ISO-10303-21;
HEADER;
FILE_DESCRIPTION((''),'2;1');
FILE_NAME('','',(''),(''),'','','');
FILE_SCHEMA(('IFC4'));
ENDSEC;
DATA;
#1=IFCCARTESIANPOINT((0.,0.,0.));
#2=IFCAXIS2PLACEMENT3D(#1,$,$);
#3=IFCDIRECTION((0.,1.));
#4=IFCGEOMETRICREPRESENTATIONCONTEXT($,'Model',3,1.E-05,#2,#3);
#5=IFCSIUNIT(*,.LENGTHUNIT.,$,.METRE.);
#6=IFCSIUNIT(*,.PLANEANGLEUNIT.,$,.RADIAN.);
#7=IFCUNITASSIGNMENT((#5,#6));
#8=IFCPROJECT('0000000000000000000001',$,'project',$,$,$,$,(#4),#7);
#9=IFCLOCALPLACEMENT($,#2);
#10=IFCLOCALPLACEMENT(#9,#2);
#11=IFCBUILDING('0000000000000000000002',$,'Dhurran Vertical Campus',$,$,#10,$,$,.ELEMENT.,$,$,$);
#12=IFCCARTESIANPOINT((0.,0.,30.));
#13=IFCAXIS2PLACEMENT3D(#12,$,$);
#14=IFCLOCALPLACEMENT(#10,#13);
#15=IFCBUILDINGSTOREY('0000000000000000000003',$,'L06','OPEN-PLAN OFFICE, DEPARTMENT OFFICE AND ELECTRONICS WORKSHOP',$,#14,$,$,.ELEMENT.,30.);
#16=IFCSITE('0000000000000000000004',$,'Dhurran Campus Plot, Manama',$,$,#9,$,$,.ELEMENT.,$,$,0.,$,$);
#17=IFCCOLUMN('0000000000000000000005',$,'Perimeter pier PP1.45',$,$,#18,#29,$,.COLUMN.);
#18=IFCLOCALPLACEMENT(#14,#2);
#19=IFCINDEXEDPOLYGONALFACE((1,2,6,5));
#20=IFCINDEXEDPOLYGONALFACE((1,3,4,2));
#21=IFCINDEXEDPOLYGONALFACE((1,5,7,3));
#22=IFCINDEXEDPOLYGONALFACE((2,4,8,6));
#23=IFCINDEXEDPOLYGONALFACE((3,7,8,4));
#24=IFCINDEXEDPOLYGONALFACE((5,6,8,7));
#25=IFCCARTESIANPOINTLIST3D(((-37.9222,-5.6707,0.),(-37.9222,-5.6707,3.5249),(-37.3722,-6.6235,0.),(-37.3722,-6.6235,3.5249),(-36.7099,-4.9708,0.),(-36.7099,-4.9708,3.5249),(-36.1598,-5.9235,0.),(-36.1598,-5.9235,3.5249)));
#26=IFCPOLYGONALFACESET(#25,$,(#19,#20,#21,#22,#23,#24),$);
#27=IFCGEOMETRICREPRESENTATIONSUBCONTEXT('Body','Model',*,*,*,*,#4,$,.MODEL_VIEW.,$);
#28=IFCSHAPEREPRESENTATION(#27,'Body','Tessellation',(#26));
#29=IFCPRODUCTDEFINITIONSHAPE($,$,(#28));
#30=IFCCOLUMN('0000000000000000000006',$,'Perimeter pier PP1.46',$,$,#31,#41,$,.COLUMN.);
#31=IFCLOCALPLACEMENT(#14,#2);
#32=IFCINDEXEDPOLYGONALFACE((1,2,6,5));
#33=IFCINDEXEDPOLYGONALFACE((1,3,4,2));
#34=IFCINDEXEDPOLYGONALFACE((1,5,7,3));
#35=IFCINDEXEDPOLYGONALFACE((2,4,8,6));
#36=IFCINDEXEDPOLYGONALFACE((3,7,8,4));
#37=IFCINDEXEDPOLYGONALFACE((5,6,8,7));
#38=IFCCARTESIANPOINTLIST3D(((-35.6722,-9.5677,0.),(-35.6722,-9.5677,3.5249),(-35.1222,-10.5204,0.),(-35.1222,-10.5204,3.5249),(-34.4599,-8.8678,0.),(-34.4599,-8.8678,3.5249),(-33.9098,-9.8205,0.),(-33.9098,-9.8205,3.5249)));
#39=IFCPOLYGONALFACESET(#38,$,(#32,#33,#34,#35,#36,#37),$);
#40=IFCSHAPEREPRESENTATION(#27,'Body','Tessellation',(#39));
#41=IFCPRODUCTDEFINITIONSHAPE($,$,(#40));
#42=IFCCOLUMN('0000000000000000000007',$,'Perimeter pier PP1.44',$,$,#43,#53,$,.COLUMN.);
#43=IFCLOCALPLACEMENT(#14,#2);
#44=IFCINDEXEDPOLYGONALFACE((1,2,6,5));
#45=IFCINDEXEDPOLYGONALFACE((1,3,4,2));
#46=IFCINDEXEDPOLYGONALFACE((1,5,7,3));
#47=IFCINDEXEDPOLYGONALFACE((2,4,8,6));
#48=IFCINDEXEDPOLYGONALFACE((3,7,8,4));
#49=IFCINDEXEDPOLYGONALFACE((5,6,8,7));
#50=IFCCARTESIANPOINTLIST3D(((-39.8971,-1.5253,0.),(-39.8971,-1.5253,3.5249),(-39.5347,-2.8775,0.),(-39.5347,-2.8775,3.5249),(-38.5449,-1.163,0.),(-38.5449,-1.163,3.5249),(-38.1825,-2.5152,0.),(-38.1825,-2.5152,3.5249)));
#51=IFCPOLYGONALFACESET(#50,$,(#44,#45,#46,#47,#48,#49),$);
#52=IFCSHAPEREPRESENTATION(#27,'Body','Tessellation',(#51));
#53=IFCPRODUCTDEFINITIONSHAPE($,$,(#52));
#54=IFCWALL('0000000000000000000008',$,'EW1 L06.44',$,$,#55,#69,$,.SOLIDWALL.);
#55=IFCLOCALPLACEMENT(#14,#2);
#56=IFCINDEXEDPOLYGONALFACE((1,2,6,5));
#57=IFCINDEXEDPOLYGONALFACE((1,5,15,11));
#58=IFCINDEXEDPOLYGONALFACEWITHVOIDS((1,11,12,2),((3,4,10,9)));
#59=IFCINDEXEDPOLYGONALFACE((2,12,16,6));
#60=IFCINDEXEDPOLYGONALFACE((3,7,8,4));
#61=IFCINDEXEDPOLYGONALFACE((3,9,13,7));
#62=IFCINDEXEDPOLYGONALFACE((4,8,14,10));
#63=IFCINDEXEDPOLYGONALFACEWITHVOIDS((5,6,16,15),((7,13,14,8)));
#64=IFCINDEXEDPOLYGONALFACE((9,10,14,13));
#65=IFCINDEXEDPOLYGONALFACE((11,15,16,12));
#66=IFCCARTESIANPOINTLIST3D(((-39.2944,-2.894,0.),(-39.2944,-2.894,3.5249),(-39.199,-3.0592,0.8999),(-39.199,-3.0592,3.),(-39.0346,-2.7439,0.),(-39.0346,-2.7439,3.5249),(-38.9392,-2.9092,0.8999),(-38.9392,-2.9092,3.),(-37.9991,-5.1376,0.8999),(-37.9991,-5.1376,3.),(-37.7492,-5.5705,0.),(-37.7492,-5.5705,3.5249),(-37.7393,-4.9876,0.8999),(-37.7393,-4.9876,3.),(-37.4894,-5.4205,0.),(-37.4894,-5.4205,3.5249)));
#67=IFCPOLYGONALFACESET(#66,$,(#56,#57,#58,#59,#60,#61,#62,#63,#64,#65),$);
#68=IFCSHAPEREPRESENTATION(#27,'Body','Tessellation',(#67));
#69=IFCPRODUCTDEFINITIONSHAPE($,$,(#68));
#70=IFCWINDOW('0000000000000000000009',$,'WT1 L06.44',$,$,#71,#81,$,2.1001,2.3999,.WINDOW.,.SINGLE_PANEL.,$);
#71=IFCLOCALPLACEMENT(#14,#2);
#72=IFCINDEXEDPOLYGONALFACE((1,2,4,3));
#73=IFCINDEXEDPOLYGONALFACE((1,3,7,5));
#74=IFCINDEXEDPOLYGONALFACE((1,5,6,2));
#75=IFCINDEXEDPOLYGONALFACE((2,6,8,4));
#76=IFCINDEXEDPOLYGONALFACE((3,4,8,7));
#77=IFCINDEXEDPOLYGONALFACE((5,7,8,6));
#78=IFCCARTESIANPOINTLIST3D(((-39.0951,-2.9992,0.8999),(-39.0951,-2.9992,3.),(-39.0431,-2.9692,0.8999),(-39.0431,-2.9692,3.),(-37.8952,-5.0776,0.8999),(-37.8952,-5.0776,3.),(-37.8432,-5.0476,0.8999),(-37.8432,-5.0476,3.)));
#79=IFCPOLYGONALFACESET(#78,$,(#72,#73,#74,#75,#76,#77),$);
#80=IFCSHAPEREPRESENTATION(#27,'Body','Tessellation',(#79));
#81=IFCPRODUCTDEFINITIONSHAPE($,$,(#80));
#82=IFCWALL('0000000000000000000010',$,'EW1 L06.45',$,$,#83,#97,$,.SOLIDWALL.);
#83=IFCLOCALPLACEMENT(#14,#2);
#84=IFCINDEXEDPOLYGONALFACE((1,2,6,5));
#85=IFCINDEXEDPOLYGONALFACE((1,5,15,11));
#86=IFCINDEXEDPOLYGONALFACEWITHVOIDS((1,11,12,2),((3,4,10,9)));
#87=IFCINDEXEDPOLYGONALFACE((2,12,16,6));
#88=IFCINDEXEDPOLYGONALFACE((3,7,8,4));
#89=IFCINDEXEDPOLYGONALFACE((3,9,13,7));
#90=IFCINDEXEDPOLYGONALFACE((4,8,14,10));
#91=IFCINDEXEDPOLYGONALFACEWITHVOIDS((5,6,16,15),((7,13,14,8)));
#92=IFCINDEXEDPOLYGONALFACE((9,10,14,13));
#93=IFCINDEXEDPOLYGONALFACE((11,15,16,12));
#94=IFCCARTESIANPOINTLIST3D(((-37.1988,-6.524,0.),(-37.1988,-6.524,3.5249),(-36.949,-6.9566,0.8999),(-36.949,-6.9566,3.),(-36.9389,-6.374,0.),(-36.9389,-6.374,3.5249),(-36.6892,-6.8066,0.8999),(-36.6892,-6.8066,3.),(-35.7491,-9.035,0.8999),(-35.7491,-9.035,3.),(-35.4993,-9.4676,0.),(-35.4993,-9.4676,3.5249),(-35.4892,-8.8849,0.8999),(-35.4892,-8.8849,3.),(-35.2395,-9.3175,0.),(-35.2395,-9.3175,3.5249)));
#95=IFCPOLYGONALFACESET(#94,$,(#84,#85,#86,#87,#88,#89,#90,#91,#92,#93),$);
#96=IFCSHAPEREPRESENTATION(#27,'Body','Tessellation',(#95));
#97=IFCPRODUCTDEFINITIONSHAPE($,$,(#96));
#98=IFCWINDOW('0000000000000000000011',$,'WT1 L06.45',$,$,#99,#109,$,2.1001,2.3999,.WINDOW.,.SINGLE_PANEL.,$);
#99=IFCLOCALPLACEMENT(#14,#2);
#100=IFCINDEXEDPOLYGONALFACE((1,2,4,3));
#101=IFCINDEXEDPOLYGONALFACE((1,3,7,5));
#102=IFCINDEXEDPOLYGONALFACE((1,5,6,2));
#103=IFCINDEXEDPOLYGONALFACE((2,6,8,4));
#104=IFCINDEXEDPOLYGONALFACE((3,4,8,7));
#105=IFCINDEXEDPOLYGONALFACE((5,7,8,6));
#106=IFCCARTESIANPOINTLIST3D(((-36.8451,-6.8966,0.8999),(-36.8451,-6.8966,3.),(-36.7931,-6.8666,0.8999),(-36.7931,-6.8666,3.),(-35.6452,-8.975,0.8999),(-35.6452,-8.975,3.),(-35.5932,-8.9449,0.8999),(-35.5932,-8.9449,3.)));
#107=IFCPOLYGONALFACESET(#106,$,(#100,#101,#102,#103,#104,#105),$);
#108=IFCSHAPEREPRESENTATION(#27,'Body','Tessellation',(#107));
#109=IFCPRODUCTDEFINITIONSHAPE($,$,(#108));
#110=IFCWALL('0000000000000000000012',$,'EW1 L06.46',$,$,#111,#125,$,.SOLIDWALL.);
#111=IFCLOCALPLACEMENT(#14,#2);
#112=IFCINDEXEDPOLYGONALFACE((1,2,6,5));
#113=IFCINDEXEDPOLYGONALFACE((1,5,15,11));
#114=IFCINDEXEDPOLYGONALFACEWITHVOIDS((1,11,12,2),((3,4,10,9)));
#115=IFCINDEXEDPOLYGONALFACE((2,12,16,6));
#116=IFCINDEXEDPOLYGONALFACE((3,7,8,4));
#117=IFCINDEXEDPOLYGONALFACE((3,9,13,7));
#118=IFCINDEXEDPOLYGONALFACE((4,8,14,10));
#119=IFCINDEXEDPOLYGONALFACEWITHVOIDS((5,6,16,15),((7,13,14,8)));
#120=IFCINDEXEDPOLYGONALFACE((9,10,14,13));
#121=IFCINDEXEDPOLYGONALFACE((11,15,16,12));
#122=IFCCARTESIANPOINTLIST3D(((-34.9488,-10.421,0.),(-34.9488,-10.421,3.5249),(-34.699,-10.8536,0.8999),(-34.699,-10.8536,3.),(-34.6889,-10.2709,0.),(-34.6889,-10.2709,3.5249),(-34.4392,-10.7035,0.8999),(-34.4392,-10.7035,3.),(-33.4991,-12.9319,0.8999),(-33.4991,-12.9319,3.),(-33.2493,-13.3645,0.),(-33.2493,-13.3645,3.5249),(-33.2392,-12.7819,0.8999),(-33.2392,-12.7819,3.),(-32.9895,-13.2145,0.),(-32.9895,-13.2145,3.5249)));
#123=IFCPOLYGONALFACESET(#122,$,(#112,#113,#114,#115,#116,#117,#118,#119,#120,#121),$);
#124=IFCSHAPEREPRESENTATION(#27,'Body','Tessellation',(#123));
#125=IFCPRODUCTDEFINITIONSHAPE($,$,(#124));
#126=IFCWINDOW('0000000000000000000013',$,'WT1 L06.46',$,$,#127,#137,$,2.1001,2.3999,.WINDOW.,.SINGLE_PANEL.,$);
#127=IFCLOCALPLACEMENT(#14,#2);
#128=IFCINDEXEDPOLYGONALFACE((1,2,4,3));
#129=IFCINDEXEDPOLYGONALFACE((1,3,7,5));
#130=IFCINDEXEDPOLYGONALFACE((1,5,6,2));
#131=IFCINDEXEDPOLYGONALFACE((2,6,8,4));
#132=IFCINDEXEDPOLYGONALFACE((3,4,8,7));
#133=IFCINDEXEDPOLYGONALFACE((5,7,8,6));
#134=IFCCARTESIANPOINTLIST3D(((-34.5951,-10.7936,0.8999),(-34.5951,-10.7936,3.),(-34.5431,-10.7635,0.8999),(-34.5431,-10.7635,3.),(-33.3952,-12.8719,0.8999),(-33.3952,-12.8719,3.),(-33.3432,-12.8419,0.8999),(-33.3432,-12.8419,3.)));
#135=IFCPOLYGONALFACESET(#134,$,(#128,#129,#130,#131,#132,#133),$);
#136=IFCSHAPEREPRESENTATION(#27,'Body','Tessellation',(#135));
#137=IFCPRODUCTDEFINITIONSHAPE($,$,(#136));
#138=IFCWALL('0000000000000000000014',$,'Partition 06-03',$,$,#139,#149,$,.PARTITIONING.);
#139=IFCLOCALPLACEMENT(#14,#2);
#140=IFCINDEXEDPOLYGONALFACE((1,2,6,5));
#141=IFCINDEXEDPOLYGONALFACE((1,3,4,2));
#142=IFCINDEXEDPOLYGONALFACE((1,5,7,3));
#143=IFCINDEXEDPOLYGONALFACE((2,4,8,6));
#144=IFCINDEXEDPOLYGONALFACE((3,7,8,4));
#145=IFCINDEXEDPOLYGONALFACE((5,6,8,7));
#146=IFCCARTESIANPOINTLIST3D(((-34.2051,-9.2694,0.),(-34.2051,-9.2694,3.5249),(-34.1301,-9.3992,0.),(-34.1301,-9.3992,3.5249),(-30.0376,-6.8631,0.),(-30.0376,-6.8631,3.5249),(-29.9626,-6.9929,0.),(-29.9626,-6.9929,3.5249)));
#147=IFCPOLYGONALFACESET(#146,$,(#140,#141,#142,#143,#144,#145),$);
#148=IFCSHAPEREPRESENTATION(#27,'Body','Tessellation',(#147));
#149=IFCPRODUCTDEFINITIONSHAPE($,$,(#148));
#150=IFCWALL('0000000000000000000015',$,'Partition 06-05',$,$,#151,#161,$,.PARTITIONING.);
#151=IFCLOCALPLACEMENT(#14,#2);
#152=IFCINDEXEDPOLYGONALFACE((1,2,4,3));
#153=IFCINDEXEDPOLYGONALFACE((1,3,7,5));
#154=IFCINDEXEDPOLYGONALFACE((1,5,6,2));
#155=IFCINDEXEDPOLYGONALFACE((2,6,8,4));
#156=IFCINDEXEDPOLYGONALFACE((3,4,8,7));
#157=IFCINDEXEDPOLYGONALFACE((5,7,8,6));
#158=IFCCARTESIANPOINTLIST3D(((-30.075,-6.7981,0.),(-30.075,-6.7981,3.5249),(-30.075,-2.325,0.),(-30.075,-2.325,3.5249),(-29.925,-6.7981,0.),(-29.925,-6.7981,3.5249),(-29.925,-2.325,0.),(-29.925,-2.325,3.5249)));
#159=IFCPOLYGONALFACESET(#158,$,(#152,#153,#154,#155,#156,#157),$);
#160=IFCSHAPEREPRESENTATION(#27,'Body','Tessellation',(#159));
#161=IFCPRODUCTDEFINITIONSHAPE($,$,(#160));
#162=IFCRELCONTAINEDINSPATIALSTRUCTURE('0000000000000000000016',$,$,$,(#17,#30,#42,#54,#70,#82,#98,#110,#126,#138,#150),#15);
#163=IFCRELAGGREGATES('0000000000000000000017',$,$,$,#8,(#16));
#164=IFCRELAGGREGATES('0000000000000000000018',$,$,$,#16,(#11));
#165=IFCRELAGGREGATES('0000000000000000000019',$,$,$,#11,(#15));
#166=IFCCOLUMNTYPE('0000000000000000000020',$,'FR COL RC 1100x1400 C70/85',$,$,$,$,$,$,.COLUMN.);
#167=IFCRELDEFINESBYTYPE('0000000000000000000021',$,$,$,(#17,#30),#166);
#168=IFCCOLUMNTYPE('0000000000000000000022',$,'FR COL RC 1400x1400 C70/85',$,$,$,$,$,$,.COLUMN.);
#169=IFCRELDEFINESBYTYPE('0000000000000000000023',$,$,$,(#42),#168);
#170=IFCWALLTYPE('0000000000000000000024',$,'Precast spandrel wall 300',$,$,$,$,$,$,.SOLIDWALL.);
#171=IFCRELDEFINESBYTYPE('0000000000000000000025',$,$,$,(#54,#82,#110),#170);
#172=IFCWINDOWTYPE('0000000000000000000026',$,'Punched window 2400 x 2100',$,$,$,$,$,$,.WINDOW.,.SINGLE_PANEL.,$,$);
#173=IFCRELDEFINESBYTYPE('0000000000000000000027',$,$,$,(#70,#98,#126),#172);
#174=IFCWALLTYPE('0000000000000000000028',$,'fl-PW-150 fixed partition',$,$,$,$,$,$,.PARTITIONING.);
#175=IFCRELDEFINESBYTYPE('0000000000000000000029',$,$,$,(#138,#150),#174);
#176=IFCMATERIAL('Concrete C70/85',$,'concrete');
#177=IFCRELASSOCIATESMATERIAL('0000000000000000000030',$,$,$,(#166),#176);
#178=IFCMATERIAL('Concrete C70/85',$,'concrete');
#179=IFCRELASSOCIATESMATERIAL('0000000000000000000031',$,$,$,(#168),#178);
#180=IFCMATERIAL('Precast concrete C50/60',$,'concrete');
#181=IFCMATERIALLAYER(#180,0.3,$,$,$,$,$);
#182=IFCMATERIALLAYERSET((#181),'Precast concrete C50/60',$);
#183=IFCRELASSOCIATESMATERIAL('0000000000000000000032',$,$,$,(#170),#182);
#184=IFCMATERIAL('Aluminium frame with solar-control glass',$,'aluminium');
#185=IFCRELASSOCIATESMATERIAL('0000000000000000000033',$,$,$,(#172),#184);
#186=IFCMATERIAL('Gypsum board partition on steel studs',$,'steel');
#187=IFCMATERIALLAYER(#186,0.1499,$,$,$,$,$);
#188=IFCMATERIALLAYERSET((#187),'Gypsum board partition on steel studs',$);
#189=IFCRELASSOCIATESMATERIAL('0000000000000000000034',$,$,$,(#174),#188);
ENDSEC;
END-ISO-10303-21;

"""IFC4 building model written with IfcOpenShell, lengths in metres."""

from ifc_helpers import new_model, si_unit, direction, frame, frame_2d, origin, origin_2d, place, context, subcontext, project, spatial, rectangle, extrude, material, layer, layer_set, material_profile, profile_set, type_object, element, fill, save


model = new_model("IFC4")

# Units and contexts
model_context = context("Model", 3, precision=1e-05, world=origin(), true_north=direction((0.0, 1.0)))
body_context = subcontext(model_context, "Body", "Model", "MODEL_VIEW")
ifc_project = project(units=[si_unit("LENGTHUNIT", "METRE"), si_unit("PLANEANGLEUNIT", "RADIAN")], contexts=[model_context])

# Site, building, storey
site_placement = place(None, origin())
site = spatial("IfcSite", under=ifc_project, at=site_placement, Name="Dhurran Campus Plot, Manama", CompositionType="ELEMENT", RefElevation=0.0)
building_placement = place(site_placement, origin())
building = spatial("IfcBuilding", under=site, at=building_placement, Name="Dhurran Vertical Campus", CompositionType="ELEMENT")
storey_placement = place(building_placement, frame((0.0, 0.0, 30.0)))
storey = spatial("IfcBuildingStorey", under=building, at=storey_placement, Name="L06", Description="OPEN-PLAN OFFICE, DEPARTMENT OFFICE AND ELECTRONICS WORKSHOP", CompositionType="ELEMENT", Elevation=30.0)

# Columns
ifc_material_1 = material(Name="Concrete C70/85", Category="concrete")
ifc_material_profile_1 = material_profile(ifc_material_1, rectangle(XDim=1.1001, YDim=1.3999, at=origin_2d()), Name="RC 1100x1400")
ifc_profile_set_1 = profile_set([ifc_material_profile_1], Name="Concrete C70/85")
column_type_1 = type_object("IfcColumnType", Name="FR COL RC 1100x1400 C70/85", PredefinedType="COLUMN", material=ifc_profile_set_1)
for number, where, z_axis, x_axis, name in (
    (1, (-37.041, -5.7971, 0.0), (0.0, 0.0, 1.0), (0.5, -0.866025, 0.0), "Perimeter pier PP1.45"),
    (2, (-34.791, -9.6941, 0.0), (0.0, 0.0, 1.0), (0.5, -0.866025, 0.0), "Perimeter pier PP1.46"),
):
    element("IfcColumn", number, at=place(storey_placement, frame(where, z_axis=z_axis, x_axis=x_axis)), inside=storey, type_object=column_type_1, Name=name, PredefinedType="COLUMN", context=body_context, shape_type="SweptSolid", body=[
        extrude(rectangle(XDim=1.1001, YDim=1.3999, at=origin_2d()), origin(), (0.0, 0.0, 1.0), 3.5249),
    ])
ifc_material_2 = material(Name="Concrete C70/85", Category="concrete")
ifc_material_profile_2 = material_profile(ifc_material_2, rectangle(XDim=1.3999, YDim=1.3999, at=origin_2d()), Name="RC 1400x1400")
ifc_profile_set_2 = profile_set([ifc_material_profile_2], Name="Concrete C70/85")
column_type_2 = type_object("IfcColumnType", Name="FR COL RC 1400x1400 C70/85", PredefinedType="COLUMN", material=ifc_profile_set_2)
column_placement = place(storey_placement, frame((-39.0398, -2.0203, 0.0), z_axis=(0.0, 0.0, 1.0), x_axis=(0.258819, -0.965926, 0.0)))
element("IfcColumn", 3, at=column_placement, inside=storey, type_object=column_type_2, Name="Perimeter pier PP1.44", PredefinedType="COLUMN", context=body_context, shape_type="SweptSolid", body=[
    extrude(rectangle(XDim=1.3999, YDim=1.3999, at=origin_2d()), origin(), (0.0, 0.0, 1.0), 3.5249),
])

# Walls, openings, windows
ifc_material_3 = material(Name="Precast concrete C50/60", Category="concrete")
ifc_layer_1 = layer(ifc_material_3, 0.3)
ifc_layer_set_1 = layer_set([ifc_layer_1], Name="Precast concrete C50/60")
wall_type_1 = type_object("IfcWallType", Name="Precast spandrel wall 300", PredefinedType="SOLIDWALL", material=ifc_layer_set_1)
wall_1_placement = place(storey_placement, frame((-39.1646, -2.8188, 0.0), z_axis=(0.0, 0.0, 1.0), x_axis=(0.499971, -0.866042, 0.0)))
wall_1 = element("IfcWall", 4, at=wall_1_placement, inside=storey, type_object=wall_type_1, Name="EW1 L06.44", PredefinedType="SOLIDWALL", context=body_context, shape_type="SweptSolid", body=[
    extrude(rectangle(XDim=3.0906, YDim=0.3, at=frame_2d((1.5454, 0.0))), origin(), (0.0, 0.0, 1.0), 3.5249),
])
opening_1_placement = place(wall_1_placement, frame((0.1909, 0.0, 0.8999)))
opening_1 = element("IfcOpeningElement", 5, at=opening_1_placement, cuts=wall_1, PredefinedType="OPENING", context=body_context, shape_type="SweptSolid", body=[
    extrude(rectangle(XDim=2.3999, YDim=2.1001, at=frame_2d((1.2, 1.05))), frame((0.0, 0.1599, 0.0), z_axis=(0.0, -1.0, 0.0), x_axis=(1.0, 0.0, 0.0)), (0.0, 0.0, 1.0), 0.3201),
])
ifc_material_4 = material(Name="Aluminium frame with solar-control glass", Category="aluminium")
window_type = type_object("IfcWindowType", Name="Punched window 2400 x 2100", PartitioningType="SINGLE_PANEL", PredefinedType="WINDOW", material=ifc_material_4)
window_1_placement = place(opening_1_placement, origin())
window_1 = element("IfcWindow", 6, at=window_1_placement, inside=storey, type_object=window_type, Name="WT1 L06.44", OverallHeight=2.1001, OverallWidth=2.3999, PartitioningType="SINGLE_PANEL", PredefinedType="WINDOW", context=body_context, shape_type="SweptSolid", body=[
    extrude(rectangle(XDim=2.3999, YDim=2.1001, at=frame_2d((1.2, 1.05))), frame((0.0, 0.03, 0.0), z_axis=(0.0, -1.0, 0.0), x_axis=(1.0, 0.0, 0.0)), (0.0, 0.0, 1.0), 0.0601),
])
fill(opening_1, window_1)
wall_2_placement = place(storey_placement, frame((-37.0688, -6.449, 0.0), z_axis=(0.0, 0.0, 1.0), x_axis=(0.499994, -0.866029, 0.0)))
wall_2 = element("IfcWall", 7, at=wall_2_placement, inside=storey, type_object=wall_type_1, Name="EW1 L06.45", PredefinedType="SOLIDWALL", context=body_context, shape_type="SweptSolid", body=[
    extrude(rectangle(XDim=3.3989, YDim=0.3, at=frame_2d((1.6995, 0.0))), origin(), (0.0, 0.0, 1.0), 3.5249),
])
opening_2_placement = place(wall_2_placement, frame((0.4995, 0.0, 0.8999)))
opening_2 = element("IfcOpeningElement", 8, at=opening_2_placement, cuts=wall_2, PredefinedType="OPENING", context=body_context, shape_type="SweptSolid", body=[
    extrude(rectangle(XDim=2.3999, YDim=2.1001, at=frame_2d((1.2, 1.05))), frame((0.0, 0.1599, 0.0), z_axis=(0.0, -1.0, 0.0), x_axis=(1.0, 0.0, 0.0)), (0.0, 0.0, 1.0), 0.3201),
])
window_2_placement = place(opening_2_placement, origin())
window_2 = element("IfcWindow", 9, at=window_2_placement, inside=storey, type_object=window_type, Name="WT1 L06.45", OverallHeight=2.1001, OverallWidth=2.3999, PartitioningType="SINGLE_PANEL", PredefinedType="WINDOW", context=body_context, shape_type="SweptSolid", body=[
    extrude(rectangle(XDim=2.3999, YDim=2.1001, at=frame_2d((1.2, 1.05))), frame((0.0, 0.03, 0.0), z_axis=(0.0, -1.0, 0.0), x_axis=(1.0, 0.0, 0.0)), (0.0, 0.0, 1.0), 0.0601),
])
fill(opening_2, window_2)
wall_3_placement = place(storey_placement, frame((-34.8188, -10.3459, 0.0), z_axis=(0.0, 0.0, 1.0), x_axis=(0.499994, -0.866029, 0.0)))
wall_3 = element("IfcWall", 10, at=wall_3_placement, inside=storey, type_object=wall_type_1, Name="EW1 L06.46", PredefinedType="SOLIDWALL", context=body_context, shape_type="SweptSolid", body=[
    extrude(rectangle(XDim=3.3989, YDim=0.3, at=frame_2d((1.6995, 0.0))), origin(), (0.0, 0.0, 1.0), 3.5249),
])
opening_3_placement = place(wall_3_placement, frame((0.4995, 0.0, 0.8999)))
opening_3 = element("IfcOpeningElement", 11, at=opening_3_placement, cuts=wall_3, PredefinedType="OPENING", context=body_context, shape_type="SweptSolid", body=[
    extrude(rectangle(XDim=2.3999, YDim=2.1001, at=frame_2d((1.2, 1.05))), frame((0.0, 0.1599, 0.0), z_axis=(0.0, -1.0, 0.0), x_axis=(1.0, 0.0, 0.0)), (0.0, 0.0, 1.0), 0.3201),
])
window_3_placement = place(opening_3_placement, origin())
window_3 = element("IfcWindow", 12, at=window_3_placement, inside=storey, type_object=window_type, Name="WT1 L06.46", OverallHeight=2.1001, OverallWidth=2.3999, PartitioningType="SINGLE_PANEL", PredefinedType="WINDOW", context=body_context, shape_type="SweptSolid", body=[
    extrude(rectangle(XDim=2.3999, YDim=2.1001, at=frame_2d((1.2, 1.05))), frame((0.0, 0.03, 0.0), z_axis=(0.0, -1.0, 0.0), x_axis=(1.0, 0.0, 0.0)), (0.0, 0.0, 1.0), 0.0601),
])
fill(opening_3, window_3)

# Walls
ifc_material_5 = material(Name="Gypsum board partition on steel studs", Category="steel")
ifc_layer_2 = layer(ifc_material_5, 0.1499)
ifc_layer_set_2 = layer_set([ifc_layer_2], Name="Gypsum board partition on steel studs")
wall_type_2 = type_object("IfcWallType", Name="fl-PW-150 fixed partition", PredefinedType="PARTITIONING", material=ifc_layer_set_2)
wall_4_placement = place(storey_placement, frame((-30.0, -6.928, 0.0), z_axis=(0.0, 0.0, 1.0), x_axis=(-0.866012, -0.500024, 0.0)))
element("IfcWall", 13, at=wall_4_placement, inside=storey, type_object=wall_type_2, Name="Partition 06-03", PredefinedType="PARTITIONING", context=body_context, shape_type="SweptSolid", body=[
    extrude(rectangle(XDim=4.8123, YDim=0.1499, at=frame_2d((2.4062, 0.0))), origin(), (0.0, 0.0, 1.0), 3.5249),
])
wall_5_placement = place(storey_placement, frame((-30.0, -2.325, 0.0), z_axis=(0.0, 0.0, 1.0), x_axis=(0.0, -1.0, 0.0)))
element("IfcWall", 14, at=wall_5_placement, inside=storey, type_object=wall_type_2, Name="Partition 06-05", PredefinedType="PARTITIONING", context=body_context, shape_type="SweptSolid", body=[
    extrude(rectangle(XDim=4.4731, YDim=0.1499, at=frame_2d((2.2366, 0.0))), origin(), (0.0, 0.0, 1.0), 3.5249),
])

save(model, "model.ifc")
